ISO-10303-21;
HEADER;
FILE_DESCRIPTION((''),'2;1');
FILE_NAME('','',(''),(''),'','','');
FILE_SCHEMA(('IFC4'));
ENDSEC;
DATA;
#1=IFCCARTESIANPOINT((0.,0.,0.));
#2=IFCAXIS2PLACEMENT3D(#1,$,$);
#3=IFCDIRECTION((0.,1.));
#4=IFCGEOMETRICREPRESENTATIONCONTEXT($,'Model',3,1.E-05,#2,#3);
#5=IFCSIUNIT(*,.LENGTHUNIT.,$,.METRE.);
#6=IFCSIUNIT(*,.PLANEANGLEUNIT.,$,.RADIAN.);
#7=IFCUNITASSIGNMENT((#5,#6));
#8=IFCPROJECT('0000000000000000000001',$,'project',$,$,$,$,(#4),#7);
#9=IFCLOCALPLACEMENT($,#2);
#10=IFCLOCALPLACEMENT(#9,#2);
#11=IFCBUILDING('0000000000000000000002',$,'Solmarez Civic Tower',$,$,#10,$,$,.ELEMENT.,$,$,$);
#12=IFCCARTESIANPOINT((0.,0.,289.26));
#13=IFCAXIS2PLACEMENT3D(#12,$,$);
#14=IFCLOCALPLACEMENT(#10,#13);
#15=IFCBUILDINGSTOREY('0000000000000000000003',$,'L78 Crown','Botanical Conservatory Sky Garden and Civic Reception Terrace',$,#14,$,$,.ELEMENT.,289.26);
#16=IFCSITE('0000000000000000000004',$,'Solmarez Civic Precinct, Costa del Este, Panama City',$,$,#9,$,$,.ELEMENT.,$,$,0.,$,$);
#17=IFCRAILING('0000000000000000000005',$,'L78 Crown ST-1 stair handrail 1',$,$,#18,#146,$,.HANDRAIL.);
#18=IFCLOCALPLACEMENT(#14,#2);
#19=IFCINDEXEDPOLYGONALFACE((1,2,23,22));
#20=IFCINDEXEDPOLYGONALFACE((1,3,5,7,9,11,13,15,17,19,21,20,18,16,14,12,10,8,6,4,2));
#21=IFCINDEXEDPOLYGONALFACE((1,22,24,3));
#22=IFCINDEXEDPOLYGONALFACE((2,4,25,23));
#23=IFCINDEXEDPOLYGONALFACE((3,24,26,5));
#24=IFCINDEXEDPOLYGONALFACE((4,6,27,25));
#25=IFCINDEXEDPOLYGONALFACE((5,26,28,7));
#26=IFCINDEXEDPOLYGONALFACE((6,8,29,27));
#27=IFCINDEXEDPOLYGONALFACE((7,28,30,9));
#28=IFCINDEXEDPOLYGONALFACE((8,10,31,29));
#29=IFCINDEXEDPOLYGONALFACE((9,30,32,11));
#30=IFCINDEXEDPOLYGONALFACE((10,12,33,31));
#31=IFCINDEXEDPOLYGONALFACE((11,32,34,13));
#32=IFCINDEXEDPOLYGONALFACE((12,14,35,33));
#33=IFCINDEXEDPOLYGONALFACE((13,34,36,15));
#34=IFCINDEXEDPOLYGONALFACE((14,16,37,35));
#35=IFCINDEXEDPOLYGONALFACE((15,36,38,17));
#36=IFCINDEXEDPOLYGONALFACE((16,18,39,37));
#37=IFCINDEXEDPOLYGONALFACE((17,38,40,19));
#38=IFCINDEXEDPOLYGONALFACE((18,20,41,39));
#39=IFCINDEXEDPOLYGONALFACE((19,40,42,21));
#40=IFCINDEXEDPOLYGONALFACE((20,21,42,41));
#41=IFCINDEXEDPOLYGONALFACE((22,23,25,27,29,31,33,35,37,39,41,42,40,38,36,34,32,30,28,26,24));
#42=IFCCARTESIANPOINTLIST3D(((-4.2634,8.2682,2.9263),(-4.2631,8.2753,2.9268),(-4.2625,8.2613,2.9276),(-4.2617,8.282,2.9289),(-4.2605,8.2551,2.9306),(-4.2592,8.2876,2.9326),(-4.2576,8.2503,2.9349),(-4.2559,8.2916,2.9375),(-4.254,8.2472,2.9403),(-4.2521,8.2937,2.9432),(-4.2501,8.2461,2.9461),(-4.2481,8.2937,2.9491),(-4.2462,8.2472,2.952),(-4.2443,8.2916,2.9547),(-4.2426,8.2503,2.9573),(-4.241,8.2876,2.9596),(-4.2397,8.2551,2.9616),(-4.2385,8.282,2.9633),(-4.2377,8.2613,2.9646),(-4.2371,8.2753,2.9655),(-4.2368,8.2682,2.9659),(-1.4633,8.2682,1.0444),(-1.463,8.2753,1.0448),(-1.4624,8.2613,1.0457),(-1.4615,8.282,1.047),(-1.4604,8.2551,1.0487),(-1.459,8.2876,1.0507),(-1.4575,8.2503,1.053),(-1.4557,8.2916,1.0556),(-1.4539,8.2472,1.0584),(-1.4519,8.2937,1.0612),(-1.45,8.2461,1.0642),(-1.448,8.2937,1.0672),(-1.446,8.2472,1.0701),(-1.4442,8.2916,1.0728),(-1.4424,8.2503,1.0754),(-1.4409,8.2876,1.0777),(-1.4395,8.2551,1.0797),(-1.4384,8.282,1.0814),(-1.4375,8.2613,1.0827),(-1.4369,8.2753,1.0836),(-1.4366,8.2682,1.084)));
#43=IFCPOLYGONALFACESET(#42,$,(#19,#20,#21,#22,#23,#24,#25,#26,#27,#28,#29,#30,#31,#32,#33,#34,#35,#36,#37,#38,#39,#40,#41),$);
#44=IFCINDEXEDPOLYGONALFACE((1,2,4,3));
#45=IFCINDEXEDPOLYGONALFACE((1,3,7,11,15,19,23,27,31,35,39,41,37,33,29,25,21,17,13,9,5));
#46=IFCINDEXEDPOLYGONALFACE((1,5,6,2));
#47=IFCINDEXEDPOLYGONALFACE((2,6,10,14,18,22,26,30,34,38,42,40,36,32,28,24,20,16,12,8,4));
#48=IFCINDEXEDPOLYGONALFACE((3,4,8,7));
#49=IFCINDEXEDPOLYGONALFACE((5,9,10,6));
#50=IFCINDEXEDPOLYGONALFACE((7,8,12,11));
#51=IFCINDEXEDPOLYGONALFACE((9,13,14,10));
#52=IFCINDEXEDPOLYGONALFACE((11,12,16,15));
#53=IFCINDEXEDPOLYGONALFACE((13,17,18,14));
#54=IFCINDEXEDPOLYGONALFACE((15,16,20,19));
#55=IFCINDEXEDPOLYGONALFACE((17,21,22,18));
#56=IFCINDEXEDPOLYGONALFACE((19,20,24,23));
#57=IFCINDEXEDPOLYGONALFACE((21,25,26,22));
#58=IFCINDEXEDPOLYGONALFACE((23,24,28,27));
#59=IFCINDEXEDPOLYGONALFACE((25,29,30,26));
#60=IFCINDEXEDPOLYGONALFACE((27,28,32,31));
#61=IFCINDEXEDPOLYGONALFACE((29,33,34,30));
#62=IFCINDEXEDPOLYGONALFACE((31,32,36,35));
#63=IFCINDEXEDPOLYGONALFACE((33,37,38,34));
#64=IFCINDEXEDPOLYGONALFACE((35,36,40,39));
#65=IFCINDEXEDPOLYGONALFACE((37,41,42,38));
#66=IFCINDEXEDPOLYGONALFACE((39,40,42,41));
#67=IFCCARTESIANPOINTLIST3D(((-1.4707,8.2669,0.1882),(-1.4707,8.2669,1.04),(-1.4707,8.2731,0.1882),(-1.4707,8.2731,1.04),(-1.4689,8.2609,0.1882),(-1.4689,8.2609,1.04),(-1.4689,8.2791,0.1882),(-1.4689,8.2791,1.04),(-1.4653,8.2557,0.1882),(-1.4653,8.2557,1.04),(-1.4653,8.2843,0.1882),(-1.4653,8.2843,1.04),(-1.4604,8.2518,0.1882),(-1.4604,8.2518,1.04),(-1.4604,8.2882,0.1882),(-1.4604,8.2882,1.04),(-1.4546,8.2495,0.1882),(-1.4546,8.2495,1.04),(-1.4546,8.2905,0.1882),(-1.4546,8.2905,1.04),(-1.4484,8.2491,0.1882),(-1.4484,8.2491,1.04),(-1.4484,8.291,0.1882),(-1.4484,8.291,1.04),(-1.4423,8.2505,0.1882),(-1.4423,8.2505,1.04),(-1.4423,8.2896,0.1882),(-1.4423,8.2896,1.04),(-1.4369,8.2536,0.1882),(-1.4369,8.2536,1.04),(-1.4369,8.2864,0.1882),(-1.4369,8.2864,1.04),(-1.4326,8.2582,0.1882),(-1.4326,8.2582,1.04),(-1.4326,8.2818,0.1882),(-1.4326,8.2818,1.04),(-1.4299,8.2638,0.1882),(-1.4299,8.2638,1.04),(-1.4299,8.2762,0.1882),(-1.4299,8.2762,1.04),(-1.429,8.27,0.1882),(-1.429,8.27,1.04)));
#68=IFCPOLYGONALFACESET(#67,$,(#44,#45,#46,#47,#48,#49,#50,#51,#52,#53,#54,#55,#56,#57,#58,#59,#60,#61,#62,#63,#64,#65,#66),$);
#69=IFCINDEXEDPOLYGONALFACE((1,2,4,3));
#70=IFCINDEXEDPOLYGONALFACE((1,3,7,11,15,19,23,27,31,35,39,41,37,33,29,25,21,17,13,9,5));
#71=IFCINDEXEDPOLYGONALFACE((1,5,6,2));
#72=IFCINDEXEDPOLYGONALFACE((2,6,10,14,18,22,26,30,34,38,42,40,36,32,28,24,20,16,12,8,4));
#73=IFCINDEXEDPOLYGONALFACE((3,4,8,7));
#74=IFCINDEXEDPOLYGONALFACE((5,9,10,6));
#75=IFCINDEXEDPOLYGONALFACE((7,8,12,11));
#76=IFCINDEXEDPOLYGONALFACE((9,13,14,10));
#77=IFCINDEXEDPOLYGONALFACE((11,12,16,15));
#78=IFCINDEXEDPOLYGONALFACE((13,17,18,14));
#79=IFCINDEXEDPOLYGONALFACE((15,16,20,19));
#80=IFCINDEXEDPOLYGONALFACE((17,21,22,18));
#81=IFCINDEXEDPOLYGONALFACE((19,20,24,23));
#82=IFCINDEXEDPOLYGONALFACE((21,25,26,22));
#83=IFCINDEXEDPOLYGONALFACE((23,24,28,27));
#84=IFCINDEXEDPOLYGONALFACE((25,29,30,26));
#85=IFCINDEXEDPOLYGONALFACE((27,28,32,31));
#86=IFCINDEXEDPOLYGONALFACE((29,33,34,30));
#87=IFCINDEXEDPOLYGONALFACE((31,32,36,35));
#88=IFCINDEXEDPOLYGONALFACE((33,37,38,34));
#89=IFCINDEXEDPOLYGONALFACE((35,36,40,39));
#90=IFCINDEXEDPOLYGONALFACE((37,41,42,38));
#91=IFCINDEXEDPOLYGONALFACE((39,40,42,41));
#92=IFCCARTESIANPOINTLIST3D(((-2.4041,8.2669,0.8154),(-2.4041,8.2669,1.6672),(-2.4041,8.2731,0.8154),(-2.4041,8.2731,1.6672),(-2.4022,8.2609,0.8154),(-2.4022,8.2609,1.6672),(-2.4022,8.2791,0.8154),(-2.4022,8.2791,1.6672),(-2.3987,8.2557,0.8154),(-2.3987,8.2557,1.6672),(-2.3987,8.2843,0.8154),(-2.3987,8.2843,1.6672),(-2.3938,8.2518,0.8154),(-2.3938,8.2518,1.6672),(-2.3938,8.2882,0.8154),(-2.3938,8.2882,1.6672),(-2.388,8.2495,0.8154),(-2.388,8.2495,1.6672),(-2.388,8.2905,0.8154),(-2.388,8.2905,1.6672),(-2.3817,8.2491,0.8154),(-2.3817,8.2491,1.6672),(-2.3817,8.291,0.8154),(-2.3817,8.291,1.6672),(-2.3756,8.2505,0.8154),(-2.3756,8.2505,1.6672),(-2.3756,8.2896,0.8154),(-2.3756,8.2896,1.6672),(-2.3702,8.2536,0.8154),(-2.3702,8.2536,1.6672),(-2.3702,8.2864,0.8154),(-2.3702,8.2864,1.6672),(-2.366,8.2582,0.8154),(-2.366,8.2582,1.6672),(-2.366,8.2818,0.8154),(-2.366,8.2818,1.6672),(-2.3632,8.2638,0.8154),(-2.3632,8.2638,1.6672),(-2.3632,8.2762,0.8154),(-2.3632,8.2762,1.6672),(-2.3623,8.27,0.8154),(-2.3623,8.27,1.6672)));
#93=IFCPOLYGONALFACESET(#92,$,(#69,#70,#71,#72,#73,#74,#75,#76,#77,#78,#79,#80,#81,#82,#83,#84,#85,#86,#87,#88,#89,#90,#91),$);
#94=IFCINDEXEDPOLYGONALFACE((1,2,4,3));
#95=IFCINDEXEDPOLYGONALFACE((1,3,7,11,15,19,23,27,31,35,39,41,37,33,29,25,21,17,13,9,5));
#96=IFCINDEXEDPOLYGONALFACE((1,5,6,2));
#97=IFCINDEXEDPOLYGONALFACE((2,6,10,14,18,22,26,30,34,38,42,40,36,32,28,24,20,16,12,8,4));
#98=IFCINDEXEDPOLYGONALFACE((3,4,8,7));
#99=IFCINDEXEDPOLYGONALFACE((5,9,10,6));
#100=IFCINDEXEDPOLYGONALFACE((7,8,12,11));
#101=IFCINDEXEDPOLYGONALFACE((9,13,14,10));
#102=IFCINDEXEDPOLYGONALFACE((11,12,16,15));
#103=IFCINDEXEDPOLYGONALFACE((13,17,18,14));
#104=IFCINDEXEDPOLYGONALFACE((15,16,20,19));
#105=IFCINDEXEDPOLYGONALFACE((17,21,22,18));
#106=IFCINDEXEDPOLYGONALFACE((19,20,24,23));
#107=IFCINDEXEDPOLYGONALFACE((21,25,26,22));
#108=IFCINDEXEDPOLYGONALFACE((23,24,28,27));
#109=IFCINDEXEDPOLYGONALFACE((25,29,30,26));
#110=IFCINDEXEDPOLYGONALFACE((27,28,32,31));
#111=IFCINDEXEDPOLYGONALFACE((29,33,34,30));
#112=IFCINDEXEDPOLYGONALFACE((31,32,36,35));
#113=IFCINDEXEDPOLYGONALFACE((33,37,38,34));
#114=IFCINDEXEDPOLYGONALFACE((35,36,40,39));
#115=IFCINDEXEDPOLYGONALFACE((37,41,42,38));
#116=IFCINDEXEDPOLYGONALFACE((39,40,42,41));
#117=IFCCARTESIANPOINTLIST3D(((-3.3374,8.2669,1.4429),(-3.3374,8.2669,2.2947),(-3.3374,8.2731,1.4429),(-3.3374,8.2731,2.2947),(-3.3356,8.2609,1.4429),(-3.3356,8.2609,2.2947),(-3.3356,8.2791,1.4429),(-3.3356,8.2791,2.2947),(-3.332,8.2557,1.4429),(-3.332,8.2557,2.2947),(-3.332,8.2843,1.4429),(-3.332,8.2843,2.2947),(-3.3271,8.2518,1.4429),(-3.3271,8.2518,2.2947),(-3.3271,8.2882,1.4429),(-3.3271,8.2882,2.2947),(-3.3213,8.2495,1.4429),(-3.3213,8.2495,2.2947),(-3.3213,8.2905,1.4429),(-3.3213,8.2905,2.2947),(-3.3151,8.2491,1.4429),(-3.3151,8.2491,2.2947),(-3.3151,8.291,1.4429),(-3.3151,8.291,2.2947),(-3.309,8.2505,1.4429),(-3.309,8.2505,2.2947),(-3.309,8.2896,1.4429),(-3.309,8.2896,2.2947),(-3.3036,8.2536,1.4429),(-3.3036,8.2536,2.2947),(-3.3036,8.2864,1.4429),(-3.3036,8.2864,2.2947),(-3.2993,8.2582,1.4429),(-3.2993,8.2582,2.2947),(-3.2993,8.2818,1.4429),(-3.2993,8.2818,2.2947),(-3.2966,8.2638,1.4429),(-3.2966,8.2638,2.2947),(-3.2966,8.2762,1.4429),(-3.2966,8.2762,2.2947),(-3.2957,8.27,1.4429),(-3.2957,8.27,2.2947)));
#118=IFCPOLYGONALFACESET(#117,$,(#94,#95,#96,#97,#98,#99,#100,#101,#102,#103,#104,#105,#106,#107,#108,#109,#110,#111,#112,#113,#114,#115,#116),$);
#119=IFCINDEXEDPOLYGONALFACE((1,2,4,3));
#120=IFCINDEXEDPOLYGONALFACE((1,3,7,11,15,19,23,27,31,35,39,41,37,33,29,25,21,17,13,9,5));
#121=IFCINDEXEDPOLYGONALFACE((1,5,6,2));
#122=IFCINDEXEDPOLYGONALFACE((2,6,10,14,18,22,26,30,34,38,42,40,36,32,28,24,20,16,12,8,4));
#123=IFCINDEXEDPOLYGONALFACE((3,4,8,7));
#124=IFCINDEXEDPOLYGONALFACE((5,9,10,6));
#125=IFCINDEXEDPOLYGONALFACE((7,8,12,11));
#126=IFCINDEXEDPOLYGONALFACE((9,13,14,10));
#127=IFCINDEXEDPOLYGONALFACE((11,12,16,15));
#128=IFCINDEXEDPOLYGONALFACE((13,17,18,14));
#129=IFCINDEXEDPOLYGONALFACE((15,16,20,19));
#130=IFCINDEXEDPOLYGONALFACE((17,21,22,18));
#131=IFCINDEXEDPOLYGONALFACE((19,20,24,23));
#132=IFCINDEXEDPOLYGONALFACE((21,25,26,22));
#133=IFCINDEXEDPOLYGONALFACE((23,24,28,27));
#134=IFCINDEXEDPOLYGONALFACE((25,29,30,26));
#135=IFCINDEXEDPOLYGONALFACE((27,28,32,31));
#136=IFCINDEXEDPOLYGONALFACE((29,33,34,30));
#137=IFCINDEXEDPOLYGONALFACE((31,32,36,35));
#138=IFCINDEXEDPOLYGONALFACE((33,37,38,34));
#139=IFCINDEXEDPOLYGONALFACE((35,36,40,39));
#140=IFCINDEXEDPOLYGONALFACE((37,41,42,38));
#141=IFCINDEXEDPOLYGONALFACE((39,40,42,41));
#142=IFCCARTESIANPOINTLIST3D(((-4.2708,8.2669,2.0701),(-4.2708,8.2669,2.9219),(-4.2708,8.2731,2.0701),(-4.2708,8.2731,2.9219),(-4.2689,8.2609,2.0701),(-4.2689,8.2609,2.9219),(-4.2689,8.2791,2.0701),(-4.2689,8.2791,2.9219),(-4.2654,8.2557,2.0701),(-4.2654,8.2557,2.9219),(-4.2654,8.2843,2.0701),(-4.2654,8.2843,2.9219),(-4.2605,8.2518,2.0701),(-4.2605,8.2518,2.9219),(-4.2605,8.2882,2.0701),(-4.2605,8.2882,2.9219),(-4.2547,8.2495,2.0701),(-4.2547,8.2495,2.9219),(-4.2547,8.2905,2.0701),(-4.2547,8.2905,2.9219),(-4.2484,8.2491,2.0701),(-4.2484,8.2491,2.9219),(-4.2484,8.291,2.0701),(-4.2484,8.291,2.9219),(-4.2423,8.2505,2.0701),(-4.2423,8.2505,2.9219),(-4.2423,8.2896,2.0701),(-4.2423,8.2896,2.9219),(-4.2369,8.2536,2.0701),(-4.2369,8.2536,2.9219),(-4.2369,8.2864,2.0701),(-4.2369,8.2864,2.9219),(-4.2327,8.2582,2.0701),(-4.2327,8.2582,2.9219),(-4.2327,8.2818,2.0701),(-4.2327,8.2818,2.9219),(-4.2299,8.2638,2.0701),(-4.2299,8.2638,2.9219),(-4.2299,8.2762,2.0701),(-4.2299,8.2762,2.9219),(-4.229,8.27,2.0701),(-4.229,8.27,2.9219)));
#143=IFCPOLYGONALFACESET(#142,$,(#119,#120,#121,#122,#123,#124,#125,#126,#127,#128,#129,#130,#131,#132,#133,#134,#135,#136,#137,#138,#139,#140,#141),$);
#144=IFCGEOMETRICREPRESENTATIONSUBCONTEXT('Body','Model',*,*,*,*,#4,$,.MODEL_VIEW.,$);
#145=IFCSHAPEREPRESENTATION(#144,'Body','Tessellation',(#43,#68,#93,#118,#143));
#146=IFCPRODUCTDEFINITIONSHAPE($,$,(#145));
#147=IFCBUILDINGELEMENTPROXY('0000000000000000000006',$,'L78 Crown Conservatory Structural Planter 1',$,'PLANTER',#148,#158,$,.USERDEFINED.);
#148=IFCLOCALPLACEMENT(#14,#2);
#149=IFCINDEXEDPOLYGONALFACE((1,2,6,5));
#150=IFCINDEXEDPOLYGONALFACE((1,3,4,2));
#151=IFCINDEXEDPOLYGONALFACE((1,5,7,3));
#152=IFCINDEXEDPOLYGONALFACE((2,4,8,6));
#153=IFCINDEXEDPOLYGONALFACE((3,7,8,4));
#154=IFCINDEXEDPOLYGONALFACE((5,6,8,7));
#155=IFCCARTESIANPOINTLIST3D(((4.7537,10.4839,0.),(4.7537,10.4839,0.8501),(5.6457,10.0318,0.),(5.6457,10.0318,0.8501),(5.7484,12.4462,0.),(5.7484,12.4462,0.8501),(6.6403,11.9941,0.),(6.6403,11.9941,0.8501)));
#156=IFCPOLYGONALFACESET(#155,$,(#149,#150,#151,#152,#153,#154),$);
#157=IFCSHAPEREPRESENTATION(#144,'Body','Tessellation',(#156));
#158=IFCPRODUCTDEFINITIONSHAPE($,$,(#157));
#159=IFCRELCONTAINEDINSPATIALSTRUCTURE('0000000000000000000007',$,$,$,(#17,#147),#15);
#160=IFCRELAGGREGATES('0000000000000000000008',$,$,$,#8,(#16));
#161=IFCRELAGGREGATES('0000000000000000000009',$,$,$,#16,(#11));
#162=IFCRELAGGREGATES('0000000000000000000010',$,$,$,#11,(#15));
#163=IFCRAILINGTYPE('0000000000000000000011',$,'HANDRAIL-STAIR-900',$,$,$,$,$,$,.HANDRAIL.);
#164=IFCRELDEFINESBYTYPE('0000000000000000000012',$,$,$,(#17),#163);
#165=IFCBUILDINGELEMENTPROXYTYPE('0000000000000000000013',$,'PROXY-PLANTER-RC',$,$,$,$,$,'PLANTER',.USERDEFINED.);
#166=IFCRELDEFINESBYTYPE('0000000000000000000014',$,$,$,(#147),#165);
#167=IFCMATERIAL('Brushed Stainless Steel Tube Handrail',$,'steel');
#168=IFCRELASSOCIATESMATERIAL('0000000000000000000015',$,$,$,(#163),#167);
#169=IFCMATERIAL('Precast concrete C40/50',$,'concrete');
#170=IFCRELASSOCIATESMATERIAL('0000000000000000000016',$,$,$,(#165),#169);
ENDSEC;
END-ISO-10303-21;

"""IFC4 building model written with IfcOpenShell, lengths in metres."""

from ifc_helpers import new_model, si_unit, direction, frame, origin, origin_2d, place, context, subcontext, project, spatial, rectangle, circle, extrude, material, type_object, element, save


model = new_model("IFC4")

# Units and contexts
model_context = context("Model", 3, precision=1e-05, world=origin(), true_north=direction((0.0, 1.0)))
body_context = subcontext(model_context, "Body", "Model", "MODEL_VIEW")
ifc_project = project(units=[si_unit("LENGTHUNIT", "METRE"), si_unit("PLANEANGLEUNIT", "RADIAN")], contexts=[model_context])

# Site, building, storey
site_placement = place(None, origin())
site = spatial("IfcSite", under=ifc_project, at=site_placement, Name="Solmarez Civic Precinct, Costa del Este, Panama City", CompositionType="ELEMENT", RefElevation=0.0)
building_placement = place(site_placement, origin())
building = spatial("IfcBuilding", under=site, at=building_placement, Name="Solmarez Civic Tower", CompositionType="ELEMENT")
storey_placement = place(building_placement, frame((0.0, 0.0, 289.26)))
storey = spatial("IfcBuildingStorey", under=building, at=storey_placement, Name="L78 Crown", Description="Botanical Conservatory Sky Garden and Civic Reception Terrace", CompositionType="ELEMENT", Elevation=289.26)

# Shared definitions
ifc_material_1 = material(Name="Precast concrete C40/50", Category="concrete")

# Railing
ifc_material_2 = material(Name="Brushed Stainless Steel Tube Handrail", Category="steel")
railing_type_1 = type_object("IfcRailingType", Name="HANDRAIL-STAIR-900", PredefinedType="HANDRAIL", material=ifc_material_2)
railing_1_placement = place(storey_placement, frame((-1.45, 8.27, 0.1882)))
element("IfcRailing", 1, at=railing_1_placement, inside=storey, type_object=railing_type_1, Name="L78 Crown ST-1 stair handrail 1", PredefinedType="HANDRAIL", context=body_context, shape_type="SweptSolid", body=[
    extrude(circle(Radius=0.0239, at=origin_2d()), frame((0.0, 0.0, 0.876), z_axis=(-0.829974, 0.0, 0.557803), x_axis=(0.0, -1.0, 0.0)), (0.0, 0.0, 1.0), 3.3738),
    extrude(circle(Radius=0.021, at=origin_2d()), origin(), (0.0, 0.0, 1.0), 0.8518),
    extrude(circle(Radius=0.021, at=origin_2d()), frame((-0.9333, 0.0, 0.6272)), (0.0, 0.0, 1.0), 0.8518),
    extrude(circle(Radius=0.021, at=origin_2d()), frame((-1.8667, 0.0, 1.2546)), (0.0, 0.0, 1.0), 0.8518),
    extrude(circle(Radius=0.021, at=origin_2d()), frame((-2.8, 0.0, 1.8818)), (0.0, 0.0, 1.0), 0.8518),
])

# Building element proxy
building_element_proxy_type = type_object("IfcBuildingElementProxyType", Name="PROXY-PLANTER-RC", ElementType="PLANTER", PredefinedType="USERDEFINED", material=ifc_material_1)
proxy_placement = place(storey_placement, frame((5.697, 11.239, 0.0), z_axis=(0.0, 0.0, 1.0), x_axis=(0.452123, 0.891955, 0.0)))
element("IfcBuildingElementProxy", 2, at=proxy_placement, inside=storey, type_object=building_element_proxy_type, Name="L78 Crown Conservatory Structural Planter 1", ObjectType="PLANTER", PredefinedType="USERDEFINED", context=body_context, shape_type="SweptSolid", body=[
    extrude(rectangle(XDim=2.2, YDim=1.0, at=origin_2d()), origin(), (0.0, 0.0, 1.0), 0.8501),
])

save(model, "model.ifc")
